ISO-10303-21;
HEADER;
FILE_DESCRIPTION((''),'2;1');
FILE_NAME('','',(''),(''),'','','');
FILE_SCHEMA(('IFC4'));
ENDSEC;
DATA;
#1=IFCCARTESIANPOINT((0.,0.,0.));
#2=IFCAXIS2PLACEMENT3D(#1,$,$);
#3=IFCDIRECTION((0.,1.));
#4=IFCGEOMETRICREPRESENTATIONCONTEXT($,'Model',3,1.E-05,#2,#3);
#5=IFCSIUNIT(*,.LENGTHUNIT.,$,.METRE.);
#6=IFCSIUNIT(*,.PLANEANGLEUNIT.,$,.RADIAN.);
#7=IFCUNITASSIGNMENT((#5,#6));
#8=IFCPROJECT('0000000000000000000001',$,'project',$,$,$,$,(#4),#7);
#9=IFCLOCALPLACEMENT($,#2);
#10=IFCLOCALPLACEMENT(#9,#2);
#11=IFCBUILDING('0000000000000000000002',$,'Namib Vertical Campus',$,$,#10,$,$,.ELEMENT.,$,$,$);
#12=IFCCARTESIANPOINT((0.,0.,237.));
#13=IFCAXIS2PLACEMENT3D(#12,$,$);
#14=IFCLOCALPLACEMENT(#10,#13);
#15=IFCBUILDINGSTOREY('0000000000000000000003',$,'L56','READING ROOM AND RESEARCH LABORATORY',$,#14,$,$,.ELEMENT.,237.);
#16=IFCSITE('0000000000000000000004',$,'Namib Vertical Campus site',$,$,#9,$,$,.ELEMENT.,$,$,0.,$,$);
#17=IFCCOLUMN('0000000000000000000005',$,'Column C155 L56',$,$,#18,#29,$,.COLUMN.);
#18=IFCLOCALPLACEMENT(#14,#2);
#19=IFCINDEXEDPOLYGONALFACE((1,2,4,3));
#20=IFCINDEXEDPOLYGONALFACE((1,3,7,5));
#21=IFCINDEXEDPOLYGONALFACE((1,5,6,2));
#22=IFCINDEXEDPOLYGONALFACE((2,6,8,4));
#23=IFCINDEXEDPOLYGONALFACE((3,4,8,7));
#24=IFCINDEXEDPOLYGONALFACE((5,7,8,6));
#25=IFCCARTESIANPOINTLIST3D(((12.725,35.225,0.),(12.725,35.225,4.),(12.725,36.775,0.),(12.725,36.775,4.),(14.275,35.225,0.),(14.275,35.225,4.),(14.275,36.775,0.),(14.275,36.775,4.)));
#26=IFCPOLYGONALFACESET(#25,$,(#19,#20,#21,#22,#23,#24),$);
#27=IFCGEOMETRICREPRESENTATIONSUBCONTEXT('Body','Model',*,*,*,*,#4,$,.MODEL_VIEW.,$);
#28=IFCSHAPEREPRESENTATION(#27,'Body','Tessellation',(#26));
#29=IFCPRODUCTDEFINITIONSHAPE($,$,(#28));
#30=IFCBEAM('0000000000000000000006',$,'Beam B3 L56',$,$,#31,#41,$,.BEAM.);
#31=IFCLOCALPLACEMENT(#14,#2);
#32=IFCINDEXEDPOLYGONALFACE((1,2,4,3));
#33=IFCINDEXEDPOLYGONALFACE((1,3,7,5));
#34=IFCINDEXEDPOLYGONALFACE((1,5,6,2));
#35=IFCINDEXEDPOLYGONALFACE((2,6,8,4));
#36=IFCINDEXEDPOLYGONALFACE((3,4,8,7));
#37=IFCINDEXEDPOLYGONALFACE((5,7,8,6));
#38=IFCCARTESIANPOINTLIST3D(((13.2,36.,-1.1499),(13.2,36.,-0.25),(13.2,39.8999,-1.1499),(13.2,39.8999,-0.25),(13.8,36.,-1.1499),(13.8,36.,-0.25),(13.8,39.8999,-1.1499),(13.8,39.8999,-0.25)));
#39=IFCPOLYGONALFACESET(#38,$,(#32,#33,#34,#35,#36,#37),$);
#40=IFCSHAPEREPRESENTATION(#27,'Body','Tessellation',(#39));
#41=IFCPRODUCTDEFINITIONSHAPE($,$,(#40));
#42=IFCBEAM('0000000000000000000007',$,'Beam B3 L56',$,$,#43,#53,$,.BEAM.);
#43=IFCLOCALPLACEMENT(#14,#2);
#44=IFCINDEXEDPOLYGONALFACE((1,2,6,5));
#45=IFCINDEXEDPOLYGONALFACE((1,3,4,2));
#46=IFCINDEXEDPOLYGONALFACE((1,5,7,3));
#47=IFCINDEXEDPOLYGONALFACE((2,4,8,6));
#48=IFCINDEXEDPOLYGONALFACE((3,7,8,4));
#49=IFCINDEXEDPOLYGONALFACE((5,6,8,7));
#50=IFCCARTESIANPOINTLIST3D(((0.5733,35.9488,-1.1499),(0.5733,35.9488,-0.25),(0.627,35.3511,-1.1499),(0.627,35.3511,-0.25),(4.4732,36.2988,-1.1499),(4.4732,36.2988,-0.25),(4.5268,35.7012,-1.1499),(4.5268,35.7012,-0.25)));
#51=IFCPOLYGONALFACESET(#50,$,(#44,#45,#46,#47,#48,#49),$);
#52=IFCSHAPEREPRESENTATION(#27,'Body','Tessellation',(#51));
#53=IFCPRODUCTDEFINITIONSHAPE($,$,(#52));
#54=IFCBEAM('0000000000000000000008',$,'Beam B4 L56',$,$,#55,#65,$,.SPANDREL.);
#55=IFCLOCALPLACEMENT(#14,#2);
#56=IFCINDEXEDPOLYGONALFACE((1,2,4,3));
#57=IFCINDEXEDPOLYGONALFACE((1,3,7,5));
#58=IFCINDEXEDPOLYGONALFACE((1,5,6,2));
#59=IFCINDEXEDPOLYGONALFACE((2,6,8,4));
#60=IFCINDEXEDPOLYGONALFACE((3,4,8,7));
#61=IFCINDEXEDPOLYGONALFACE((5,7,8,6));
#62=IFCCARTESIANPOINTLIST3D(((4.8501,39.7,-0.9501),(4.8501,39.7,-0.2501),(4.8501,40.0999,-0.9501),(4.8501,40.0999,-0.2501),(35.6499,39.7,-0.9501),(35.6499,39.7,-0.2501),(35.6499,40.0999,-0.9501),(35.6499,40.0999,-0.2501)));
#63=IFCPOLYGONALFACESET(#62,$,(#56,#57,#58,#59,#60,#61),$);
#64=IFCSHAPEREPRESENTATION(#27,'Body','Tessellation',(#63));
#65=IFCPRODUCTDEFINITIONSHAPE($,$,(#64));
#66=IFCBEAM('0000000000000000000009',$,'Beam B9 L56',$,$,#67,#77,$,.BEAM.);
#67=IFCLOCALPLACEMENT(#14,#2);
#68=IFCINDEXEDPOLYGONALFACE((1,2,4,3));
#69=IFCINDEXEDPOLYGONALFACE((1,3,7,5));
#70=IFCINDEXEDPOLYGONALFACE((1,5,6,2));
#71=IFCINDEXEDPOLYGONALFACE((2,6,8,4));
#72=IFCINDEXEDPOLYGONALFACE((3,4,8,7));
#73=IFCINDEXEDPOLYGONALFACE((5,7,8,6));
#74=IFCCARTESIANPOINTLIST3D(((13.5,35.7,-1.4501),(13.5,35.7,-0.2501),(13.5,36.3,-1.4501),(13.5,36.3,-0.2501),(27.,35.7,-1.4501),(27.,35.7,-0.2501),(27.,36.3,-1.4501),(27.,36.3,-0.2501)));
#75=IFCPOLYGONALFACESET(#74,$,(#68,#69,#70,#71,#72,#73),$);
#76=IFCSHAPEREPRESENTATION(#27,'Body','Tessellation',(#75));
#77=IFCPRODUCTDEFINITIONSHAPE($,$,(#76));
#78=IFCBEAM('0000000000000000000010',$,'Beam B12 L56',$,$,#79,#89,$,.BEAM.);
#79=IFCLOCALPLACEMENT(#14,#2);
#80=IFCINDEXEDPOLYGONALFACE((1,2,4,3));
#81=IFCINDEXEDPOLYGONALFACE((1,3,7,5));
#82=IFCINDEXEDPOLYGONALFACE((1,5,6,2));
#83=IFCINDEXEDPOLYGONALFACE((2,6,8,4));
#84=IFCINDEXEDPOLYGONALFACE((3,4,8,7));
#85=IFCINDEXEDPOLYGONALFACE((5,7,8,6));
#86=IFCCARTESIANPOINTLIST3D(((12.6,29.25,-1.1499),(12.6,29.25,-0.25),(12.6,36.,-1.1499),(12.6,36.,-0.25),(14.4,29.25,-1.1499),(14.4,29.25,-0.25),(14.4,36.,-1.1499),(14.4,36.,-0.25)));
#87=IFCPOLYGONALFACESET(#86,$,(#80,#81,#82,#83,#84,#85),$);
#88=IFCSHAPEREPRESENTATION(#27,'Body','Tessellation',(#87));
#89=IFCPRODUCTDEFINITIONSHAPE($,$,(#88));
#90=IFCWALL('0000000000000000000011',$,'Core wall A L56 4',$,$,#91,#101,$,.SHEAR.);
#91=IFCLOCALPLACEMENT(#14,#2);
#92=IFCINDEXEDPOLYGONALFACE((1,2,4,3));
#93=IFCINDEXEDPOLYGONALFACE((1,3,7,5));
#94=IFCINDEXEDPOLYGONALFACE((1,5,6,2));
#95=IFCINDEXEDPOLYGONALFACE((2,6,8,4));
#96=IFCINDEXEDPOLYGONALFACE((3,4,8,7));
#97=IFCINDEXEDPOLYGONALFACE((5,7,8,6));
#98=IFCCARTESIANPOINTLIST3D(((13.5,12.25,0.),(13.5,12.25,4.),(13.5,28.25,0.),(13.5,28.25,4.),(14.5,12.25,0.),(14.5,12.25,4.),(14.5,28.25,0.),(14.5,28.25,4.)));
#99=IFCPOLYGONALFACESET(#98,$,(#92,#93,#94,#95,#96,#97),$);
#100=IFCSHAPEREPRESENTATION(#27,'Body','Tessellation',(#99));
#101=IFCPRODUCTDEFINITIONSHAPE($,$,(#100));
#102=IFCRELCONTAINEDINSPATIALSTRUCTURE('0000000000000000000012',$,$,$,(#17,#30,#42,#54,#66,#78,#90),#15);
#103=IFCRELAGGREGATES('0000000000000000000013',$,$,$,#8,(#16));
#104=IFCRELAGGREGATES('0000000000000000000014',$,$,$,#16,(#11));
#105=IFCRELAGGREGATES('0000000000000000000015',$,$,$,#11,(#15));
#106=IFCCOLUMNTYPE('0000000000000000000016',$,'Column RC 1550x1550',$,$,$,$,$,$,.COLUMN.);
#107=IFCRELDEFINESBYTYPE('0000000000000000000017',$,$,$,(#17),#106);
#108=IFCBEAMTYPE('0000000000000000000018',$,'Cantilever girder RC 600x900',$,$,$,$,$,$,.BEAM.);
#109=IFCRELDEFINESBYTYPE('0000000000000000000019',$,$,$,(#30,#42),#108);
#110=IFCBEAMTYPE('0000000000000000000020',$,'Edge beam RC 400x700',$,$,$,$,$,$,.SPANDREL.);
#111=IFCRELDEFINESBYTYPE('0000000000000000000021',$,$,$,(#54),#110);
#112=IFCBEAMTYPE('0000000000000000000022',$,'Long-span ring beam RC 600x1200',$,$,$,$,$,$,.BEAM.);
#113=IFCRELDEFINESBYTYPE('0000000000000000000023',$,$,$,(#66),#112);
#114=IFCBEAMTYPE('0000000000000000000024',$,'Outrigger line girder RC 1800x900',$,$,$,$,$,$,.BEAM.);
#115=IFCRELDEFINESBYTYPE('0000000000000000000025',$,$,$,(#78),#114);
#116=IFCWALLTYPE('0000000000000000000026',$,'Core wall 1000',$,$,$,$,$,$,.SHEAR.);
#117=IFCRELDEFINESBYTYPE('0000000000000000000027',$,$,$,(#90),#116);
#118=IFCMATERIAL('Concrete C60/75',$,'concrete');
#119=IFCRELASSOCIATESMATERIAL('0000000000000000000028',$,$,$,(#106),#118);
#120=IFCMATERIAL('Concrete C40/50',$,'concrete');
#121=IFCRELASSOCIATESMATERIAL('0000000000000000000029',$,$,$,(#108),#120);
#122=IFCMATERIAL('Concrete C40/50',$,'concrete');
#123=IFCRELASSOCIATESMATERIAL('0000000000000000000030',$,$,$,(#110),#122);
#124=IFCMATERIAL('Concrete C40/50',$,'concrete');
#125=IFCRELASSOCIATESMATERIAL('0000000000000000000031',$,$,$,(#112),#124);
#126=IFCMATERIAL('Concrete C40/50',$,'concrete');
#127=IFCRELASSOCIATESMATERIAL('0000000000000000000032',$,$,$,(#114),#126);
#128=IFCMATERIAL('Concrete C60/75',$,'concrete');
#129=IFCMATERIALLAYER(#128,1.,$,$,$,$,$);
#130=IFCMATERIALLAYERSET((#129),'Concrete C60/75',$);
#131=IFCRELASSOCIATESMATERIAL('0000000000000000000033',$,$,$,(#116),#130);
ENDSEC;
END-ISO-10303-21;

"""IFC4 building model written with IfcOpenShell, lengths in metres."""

from ifc_helpers import new_model, si_unit, direction, frame, frame_2d, origin, origin_2d, place, context, subcontext, project, spatial, rectangle, extrude, material, layer, layer_set, material_profile, profile_set, type_object, element, save


model = new_model("IFC4")

# Units and contexts
model_context = context("Model", 3, precision=1e-05, world=origin(), true_north=direction((0.0, 1.0)))
body_context = subcontext(model_context, "Body", "Model", "MODEL_VIEW")
ifc_project = project(units=[si_unit("LENGTHUNIT", "METRE"), si_unit("PLANEANGLEUNIT", "RADIAN")], contexts=[model_context])

# Site, building, storey
site_placement = place(None, origin())
site = spatial("IfcSite", under=ifc_project, at=site_placement, Name="Namib Vertical Campus site", CompositionType="ELEMENT", RefElevation=0.0)
building_placement = place(site_placement, origin())
building = spatial("IfcBuilding", under=site, at=building_placement, Name="Namib Vertical Campus", CompositionType="ELEMENT")
storey_placement = place(building_placement, frame((0.0, 0.0, 237.0)))
storey = spatial("IfcBuildingStorey", under=building, at=storey_placement, Name="L56", Description="READING ROOM AND RESEARCH LABORATORY", CompositionType="ELEMENT", Elevation=237.0)

# Column
ifc_material_1 = material(Name="Concrete C60/75", Category="concrete")
ifc_material_profile_1 = material_profile(ifc_material_1, rectangle(XDim=1.55, YDim=1.55, at=origin_2d()))
ifc_profile_set_1 = profile_set([ifc_material_profile_1], Name="Concrete C60/75")
column_type = type_object("IfcColumnType", Name="Column RC 1550x1550", PredefinedType="COLUMN", material=ifc_profile_set_1)
column_placement = place(storey_placement, frame((13.5, 36.0, 0.0), z_axis=(0.0, 0.0, 1.0), x_axis=(1.0, 0.0, 0.0)))
element("IfcColumn", 1, at=column_placement, inside=storey, type_object=column_type, Name="Column C155 L56", PredefinedType="COLUMN", context=body_context, shape_type="SweptSolid", body=[
    extrude(rectangle(XDim=1.55, YDim=1.55, at=origin_2d()), origin(), (0.0, 0.0, 1.0), 4.0),
])

# Beams
ifc_material_2 = material(Name="Concrete C40/50", Category="concrete")
ifc_material_profile_2 = material_profile(ifc_material_2, rectangle(XDim=0.6001, YDim=0.8999, at=origin_2d()))
ifc_profile_set_2 = profile_set([ifc_material_profile_2], Name="Concrete C40/50")
beam_type_1 = type_object("IfcBeamType", Name="Cantilever girder RC 600x900", PredefinedType="BEAM", material=ifc_profile_set_2)
beam_1_placement = place(storey_placement, frame((13.5, 36.0, -0.7), z_axis=(0.0, 1.0, 0.0), x_axis=(-1.0, 0.0, 0.0)))
element("IfcBeam", 2, at=beam_1_placement, inside=storey, type_object=beam_type_1, Name="Beam B3 L56", PredefinedType="BEAM", context=body_context, shape_type="SweptSolid", body=[
    extrude(rectangle(XDim=0.6001, YDim=0.8999, at=origin_2d()), origin(), (0.0, 0.0, 1.0), 3.8999),
])
beam_2_placement = place(storey_placement, frame((4.5, 36.0, -0.7), z_axis=(-0.995995, -0.089411, 0.0), x_axis=(0.089411, -0.995995, 0.0)))
element("IfcBeam", 3, at=beam_2_placement, inside=storey, type_object=beam_type_1, Name="Beam B3 L56", PredefinedType="BEAM", context=body_context, shape_type="SweptSolid", body=[
    extrude(rectangle(XDim=0.6001, YDim=0.8999, at=origin_2d()), origin(), (0.0, 0.0, 1.0), 3.9155),
])
ifc_material_3 = material(Name="Concrete C40/50", Category="concrete")
ifc_material_profile_3 = material_profile(ifc_material_3, rectangle(XDim=0.3999, YDim=0.7, at=origin_2d()))
ifc_profile_set_3 = profile_set([ifc_material_profile_3], Name="Concrete C40/50")
beam_type_2 = type_object("IfcBeamType", Name="Edge beam RC 400x700", PredefinedType="SPANDREL", material=ifc_profile_set_3)
beam_3_placement = place(storey_placement, frame((4.8501, 39.8999, -0.6001), z_axis=(1.0, 0.0, 0.0), x_axis=(0.0, 1.0, 0.0)))
element("IfcBeam", 4, at=beam_3_placement, inside=storey, type_object=beam_type_2, Name="Beam B4 L56", PredefinedType="SPANDREL", context=body_context, shape_type="SweptSolid", body=[
    extrude(rectangle(XDim=0.3999, YDim=0.7, at=origin_2d()), origin(), (0.0, 0.0, 1.0), 30.7998),
])
ifc_material_4 = material(Name="Concrete C40/50", Category="concrete")
ifc_material_profile_4 = material_profile(ifc_material_4, rectangle(XDim=0.6001, YDim=1.2, at=origin_2d()))
ifc_profile_set_4 = profile_set([ifc_material_profile_4], Name="Concrete C40/50")
beam_type_3 = type_object("IfcBeamType", Name="Long-span ring beam RC 600x1200", PredefinedType="BEAM", material=ifc_profile_set_4)
beam_4_placement = place(storey_placement, frame((13.5, 36.0, -0.8501), z_axis=(1.0, 0.0, 0.0), x_axis=(0.0, 1.0, 0.0)))
element("IfcBeam", 5, at=beam_4_placement, inside=storey, type_object=beam_type_3, Name="Beam B9 L56", PredefinedType="BEAM", context=body_context, shape_type="SweptSolid", body=[
    extrude(rectangle(XDim=0.6001, YDim=1.2, at=origin_2d()), origin(), (0.0, 0.0, 1.0), 13.5),
])
ifc_material_5 = material(Name="Concrete C40/50", Category="concrete")
ifc_material_profile_5 = material_profile(ifc_material_5, rectangle(XDim=1.8, YDim=0.8999, at=origin_2d()))
ifc_profile_set_5 = profile_set([ifc_material_profile_5], Name="Concrete C40/50")
beam_type_4 = type_object("IfcBeamType", Name="Outrigger line girder RC 1800x900", PredefinedType="BEAM", material=ifc_profile_set_5)
beam_5_placement = place(storey_placement, frame((13.5, 36.0, -0.7), z_axis=(0.0, -1.0, 0.0), x_axis=(1.0, 0.0, 0.0)))
element("IfcBeam", 6, at=beam_5_placement, inside=storey, type_object=beam_type_4, Name="Beam B12 L56", PredefinedType="BEAM", context=body_context, shape_type="SweptSolid", body=[
    extrude(rectangle(XDim=1.8, YDim=0.8999, at=origin_2d()), origin(), (0.0, 0.0, 1.0), 6.75),
])

# Wall
ifc_material_6 = material(Name="Concrete C60/75", Category="concrete")
ifc_layer_1 = layer(ifc_material_6, 1.0)
ifc_layer_set_1 = layer_set([ifc_layer_1], Name="Concrete C60/75")
wall_type_1 = type_object("IfcWallType", Name="Core wall 1000", PredefinedType="SHEAR", material=ifc_layer_set_1)
wall_1_placement = place(storey_placement, frame((14.0, 28.25, 0.0), z_axis=(0.0, 0.0, 1.0), x_axis=(0.0, -1.0, 0.0)))
element("IfcWall", 7, at=wall_1_placement, inside=storey, type_object=wall_type_1, Name="Core wall A L56 4", PredefinedType="SHEAR", context=body_context, shape_type="SweptSolid", body=[
    extrude(rectangle(XDim=16.0, YDim=1.0, at=frame_2d((8.0, 0.0))), origin(), (0.0, 0.0, 1.0), 4.0),
])

save(model, "model.ifc")
